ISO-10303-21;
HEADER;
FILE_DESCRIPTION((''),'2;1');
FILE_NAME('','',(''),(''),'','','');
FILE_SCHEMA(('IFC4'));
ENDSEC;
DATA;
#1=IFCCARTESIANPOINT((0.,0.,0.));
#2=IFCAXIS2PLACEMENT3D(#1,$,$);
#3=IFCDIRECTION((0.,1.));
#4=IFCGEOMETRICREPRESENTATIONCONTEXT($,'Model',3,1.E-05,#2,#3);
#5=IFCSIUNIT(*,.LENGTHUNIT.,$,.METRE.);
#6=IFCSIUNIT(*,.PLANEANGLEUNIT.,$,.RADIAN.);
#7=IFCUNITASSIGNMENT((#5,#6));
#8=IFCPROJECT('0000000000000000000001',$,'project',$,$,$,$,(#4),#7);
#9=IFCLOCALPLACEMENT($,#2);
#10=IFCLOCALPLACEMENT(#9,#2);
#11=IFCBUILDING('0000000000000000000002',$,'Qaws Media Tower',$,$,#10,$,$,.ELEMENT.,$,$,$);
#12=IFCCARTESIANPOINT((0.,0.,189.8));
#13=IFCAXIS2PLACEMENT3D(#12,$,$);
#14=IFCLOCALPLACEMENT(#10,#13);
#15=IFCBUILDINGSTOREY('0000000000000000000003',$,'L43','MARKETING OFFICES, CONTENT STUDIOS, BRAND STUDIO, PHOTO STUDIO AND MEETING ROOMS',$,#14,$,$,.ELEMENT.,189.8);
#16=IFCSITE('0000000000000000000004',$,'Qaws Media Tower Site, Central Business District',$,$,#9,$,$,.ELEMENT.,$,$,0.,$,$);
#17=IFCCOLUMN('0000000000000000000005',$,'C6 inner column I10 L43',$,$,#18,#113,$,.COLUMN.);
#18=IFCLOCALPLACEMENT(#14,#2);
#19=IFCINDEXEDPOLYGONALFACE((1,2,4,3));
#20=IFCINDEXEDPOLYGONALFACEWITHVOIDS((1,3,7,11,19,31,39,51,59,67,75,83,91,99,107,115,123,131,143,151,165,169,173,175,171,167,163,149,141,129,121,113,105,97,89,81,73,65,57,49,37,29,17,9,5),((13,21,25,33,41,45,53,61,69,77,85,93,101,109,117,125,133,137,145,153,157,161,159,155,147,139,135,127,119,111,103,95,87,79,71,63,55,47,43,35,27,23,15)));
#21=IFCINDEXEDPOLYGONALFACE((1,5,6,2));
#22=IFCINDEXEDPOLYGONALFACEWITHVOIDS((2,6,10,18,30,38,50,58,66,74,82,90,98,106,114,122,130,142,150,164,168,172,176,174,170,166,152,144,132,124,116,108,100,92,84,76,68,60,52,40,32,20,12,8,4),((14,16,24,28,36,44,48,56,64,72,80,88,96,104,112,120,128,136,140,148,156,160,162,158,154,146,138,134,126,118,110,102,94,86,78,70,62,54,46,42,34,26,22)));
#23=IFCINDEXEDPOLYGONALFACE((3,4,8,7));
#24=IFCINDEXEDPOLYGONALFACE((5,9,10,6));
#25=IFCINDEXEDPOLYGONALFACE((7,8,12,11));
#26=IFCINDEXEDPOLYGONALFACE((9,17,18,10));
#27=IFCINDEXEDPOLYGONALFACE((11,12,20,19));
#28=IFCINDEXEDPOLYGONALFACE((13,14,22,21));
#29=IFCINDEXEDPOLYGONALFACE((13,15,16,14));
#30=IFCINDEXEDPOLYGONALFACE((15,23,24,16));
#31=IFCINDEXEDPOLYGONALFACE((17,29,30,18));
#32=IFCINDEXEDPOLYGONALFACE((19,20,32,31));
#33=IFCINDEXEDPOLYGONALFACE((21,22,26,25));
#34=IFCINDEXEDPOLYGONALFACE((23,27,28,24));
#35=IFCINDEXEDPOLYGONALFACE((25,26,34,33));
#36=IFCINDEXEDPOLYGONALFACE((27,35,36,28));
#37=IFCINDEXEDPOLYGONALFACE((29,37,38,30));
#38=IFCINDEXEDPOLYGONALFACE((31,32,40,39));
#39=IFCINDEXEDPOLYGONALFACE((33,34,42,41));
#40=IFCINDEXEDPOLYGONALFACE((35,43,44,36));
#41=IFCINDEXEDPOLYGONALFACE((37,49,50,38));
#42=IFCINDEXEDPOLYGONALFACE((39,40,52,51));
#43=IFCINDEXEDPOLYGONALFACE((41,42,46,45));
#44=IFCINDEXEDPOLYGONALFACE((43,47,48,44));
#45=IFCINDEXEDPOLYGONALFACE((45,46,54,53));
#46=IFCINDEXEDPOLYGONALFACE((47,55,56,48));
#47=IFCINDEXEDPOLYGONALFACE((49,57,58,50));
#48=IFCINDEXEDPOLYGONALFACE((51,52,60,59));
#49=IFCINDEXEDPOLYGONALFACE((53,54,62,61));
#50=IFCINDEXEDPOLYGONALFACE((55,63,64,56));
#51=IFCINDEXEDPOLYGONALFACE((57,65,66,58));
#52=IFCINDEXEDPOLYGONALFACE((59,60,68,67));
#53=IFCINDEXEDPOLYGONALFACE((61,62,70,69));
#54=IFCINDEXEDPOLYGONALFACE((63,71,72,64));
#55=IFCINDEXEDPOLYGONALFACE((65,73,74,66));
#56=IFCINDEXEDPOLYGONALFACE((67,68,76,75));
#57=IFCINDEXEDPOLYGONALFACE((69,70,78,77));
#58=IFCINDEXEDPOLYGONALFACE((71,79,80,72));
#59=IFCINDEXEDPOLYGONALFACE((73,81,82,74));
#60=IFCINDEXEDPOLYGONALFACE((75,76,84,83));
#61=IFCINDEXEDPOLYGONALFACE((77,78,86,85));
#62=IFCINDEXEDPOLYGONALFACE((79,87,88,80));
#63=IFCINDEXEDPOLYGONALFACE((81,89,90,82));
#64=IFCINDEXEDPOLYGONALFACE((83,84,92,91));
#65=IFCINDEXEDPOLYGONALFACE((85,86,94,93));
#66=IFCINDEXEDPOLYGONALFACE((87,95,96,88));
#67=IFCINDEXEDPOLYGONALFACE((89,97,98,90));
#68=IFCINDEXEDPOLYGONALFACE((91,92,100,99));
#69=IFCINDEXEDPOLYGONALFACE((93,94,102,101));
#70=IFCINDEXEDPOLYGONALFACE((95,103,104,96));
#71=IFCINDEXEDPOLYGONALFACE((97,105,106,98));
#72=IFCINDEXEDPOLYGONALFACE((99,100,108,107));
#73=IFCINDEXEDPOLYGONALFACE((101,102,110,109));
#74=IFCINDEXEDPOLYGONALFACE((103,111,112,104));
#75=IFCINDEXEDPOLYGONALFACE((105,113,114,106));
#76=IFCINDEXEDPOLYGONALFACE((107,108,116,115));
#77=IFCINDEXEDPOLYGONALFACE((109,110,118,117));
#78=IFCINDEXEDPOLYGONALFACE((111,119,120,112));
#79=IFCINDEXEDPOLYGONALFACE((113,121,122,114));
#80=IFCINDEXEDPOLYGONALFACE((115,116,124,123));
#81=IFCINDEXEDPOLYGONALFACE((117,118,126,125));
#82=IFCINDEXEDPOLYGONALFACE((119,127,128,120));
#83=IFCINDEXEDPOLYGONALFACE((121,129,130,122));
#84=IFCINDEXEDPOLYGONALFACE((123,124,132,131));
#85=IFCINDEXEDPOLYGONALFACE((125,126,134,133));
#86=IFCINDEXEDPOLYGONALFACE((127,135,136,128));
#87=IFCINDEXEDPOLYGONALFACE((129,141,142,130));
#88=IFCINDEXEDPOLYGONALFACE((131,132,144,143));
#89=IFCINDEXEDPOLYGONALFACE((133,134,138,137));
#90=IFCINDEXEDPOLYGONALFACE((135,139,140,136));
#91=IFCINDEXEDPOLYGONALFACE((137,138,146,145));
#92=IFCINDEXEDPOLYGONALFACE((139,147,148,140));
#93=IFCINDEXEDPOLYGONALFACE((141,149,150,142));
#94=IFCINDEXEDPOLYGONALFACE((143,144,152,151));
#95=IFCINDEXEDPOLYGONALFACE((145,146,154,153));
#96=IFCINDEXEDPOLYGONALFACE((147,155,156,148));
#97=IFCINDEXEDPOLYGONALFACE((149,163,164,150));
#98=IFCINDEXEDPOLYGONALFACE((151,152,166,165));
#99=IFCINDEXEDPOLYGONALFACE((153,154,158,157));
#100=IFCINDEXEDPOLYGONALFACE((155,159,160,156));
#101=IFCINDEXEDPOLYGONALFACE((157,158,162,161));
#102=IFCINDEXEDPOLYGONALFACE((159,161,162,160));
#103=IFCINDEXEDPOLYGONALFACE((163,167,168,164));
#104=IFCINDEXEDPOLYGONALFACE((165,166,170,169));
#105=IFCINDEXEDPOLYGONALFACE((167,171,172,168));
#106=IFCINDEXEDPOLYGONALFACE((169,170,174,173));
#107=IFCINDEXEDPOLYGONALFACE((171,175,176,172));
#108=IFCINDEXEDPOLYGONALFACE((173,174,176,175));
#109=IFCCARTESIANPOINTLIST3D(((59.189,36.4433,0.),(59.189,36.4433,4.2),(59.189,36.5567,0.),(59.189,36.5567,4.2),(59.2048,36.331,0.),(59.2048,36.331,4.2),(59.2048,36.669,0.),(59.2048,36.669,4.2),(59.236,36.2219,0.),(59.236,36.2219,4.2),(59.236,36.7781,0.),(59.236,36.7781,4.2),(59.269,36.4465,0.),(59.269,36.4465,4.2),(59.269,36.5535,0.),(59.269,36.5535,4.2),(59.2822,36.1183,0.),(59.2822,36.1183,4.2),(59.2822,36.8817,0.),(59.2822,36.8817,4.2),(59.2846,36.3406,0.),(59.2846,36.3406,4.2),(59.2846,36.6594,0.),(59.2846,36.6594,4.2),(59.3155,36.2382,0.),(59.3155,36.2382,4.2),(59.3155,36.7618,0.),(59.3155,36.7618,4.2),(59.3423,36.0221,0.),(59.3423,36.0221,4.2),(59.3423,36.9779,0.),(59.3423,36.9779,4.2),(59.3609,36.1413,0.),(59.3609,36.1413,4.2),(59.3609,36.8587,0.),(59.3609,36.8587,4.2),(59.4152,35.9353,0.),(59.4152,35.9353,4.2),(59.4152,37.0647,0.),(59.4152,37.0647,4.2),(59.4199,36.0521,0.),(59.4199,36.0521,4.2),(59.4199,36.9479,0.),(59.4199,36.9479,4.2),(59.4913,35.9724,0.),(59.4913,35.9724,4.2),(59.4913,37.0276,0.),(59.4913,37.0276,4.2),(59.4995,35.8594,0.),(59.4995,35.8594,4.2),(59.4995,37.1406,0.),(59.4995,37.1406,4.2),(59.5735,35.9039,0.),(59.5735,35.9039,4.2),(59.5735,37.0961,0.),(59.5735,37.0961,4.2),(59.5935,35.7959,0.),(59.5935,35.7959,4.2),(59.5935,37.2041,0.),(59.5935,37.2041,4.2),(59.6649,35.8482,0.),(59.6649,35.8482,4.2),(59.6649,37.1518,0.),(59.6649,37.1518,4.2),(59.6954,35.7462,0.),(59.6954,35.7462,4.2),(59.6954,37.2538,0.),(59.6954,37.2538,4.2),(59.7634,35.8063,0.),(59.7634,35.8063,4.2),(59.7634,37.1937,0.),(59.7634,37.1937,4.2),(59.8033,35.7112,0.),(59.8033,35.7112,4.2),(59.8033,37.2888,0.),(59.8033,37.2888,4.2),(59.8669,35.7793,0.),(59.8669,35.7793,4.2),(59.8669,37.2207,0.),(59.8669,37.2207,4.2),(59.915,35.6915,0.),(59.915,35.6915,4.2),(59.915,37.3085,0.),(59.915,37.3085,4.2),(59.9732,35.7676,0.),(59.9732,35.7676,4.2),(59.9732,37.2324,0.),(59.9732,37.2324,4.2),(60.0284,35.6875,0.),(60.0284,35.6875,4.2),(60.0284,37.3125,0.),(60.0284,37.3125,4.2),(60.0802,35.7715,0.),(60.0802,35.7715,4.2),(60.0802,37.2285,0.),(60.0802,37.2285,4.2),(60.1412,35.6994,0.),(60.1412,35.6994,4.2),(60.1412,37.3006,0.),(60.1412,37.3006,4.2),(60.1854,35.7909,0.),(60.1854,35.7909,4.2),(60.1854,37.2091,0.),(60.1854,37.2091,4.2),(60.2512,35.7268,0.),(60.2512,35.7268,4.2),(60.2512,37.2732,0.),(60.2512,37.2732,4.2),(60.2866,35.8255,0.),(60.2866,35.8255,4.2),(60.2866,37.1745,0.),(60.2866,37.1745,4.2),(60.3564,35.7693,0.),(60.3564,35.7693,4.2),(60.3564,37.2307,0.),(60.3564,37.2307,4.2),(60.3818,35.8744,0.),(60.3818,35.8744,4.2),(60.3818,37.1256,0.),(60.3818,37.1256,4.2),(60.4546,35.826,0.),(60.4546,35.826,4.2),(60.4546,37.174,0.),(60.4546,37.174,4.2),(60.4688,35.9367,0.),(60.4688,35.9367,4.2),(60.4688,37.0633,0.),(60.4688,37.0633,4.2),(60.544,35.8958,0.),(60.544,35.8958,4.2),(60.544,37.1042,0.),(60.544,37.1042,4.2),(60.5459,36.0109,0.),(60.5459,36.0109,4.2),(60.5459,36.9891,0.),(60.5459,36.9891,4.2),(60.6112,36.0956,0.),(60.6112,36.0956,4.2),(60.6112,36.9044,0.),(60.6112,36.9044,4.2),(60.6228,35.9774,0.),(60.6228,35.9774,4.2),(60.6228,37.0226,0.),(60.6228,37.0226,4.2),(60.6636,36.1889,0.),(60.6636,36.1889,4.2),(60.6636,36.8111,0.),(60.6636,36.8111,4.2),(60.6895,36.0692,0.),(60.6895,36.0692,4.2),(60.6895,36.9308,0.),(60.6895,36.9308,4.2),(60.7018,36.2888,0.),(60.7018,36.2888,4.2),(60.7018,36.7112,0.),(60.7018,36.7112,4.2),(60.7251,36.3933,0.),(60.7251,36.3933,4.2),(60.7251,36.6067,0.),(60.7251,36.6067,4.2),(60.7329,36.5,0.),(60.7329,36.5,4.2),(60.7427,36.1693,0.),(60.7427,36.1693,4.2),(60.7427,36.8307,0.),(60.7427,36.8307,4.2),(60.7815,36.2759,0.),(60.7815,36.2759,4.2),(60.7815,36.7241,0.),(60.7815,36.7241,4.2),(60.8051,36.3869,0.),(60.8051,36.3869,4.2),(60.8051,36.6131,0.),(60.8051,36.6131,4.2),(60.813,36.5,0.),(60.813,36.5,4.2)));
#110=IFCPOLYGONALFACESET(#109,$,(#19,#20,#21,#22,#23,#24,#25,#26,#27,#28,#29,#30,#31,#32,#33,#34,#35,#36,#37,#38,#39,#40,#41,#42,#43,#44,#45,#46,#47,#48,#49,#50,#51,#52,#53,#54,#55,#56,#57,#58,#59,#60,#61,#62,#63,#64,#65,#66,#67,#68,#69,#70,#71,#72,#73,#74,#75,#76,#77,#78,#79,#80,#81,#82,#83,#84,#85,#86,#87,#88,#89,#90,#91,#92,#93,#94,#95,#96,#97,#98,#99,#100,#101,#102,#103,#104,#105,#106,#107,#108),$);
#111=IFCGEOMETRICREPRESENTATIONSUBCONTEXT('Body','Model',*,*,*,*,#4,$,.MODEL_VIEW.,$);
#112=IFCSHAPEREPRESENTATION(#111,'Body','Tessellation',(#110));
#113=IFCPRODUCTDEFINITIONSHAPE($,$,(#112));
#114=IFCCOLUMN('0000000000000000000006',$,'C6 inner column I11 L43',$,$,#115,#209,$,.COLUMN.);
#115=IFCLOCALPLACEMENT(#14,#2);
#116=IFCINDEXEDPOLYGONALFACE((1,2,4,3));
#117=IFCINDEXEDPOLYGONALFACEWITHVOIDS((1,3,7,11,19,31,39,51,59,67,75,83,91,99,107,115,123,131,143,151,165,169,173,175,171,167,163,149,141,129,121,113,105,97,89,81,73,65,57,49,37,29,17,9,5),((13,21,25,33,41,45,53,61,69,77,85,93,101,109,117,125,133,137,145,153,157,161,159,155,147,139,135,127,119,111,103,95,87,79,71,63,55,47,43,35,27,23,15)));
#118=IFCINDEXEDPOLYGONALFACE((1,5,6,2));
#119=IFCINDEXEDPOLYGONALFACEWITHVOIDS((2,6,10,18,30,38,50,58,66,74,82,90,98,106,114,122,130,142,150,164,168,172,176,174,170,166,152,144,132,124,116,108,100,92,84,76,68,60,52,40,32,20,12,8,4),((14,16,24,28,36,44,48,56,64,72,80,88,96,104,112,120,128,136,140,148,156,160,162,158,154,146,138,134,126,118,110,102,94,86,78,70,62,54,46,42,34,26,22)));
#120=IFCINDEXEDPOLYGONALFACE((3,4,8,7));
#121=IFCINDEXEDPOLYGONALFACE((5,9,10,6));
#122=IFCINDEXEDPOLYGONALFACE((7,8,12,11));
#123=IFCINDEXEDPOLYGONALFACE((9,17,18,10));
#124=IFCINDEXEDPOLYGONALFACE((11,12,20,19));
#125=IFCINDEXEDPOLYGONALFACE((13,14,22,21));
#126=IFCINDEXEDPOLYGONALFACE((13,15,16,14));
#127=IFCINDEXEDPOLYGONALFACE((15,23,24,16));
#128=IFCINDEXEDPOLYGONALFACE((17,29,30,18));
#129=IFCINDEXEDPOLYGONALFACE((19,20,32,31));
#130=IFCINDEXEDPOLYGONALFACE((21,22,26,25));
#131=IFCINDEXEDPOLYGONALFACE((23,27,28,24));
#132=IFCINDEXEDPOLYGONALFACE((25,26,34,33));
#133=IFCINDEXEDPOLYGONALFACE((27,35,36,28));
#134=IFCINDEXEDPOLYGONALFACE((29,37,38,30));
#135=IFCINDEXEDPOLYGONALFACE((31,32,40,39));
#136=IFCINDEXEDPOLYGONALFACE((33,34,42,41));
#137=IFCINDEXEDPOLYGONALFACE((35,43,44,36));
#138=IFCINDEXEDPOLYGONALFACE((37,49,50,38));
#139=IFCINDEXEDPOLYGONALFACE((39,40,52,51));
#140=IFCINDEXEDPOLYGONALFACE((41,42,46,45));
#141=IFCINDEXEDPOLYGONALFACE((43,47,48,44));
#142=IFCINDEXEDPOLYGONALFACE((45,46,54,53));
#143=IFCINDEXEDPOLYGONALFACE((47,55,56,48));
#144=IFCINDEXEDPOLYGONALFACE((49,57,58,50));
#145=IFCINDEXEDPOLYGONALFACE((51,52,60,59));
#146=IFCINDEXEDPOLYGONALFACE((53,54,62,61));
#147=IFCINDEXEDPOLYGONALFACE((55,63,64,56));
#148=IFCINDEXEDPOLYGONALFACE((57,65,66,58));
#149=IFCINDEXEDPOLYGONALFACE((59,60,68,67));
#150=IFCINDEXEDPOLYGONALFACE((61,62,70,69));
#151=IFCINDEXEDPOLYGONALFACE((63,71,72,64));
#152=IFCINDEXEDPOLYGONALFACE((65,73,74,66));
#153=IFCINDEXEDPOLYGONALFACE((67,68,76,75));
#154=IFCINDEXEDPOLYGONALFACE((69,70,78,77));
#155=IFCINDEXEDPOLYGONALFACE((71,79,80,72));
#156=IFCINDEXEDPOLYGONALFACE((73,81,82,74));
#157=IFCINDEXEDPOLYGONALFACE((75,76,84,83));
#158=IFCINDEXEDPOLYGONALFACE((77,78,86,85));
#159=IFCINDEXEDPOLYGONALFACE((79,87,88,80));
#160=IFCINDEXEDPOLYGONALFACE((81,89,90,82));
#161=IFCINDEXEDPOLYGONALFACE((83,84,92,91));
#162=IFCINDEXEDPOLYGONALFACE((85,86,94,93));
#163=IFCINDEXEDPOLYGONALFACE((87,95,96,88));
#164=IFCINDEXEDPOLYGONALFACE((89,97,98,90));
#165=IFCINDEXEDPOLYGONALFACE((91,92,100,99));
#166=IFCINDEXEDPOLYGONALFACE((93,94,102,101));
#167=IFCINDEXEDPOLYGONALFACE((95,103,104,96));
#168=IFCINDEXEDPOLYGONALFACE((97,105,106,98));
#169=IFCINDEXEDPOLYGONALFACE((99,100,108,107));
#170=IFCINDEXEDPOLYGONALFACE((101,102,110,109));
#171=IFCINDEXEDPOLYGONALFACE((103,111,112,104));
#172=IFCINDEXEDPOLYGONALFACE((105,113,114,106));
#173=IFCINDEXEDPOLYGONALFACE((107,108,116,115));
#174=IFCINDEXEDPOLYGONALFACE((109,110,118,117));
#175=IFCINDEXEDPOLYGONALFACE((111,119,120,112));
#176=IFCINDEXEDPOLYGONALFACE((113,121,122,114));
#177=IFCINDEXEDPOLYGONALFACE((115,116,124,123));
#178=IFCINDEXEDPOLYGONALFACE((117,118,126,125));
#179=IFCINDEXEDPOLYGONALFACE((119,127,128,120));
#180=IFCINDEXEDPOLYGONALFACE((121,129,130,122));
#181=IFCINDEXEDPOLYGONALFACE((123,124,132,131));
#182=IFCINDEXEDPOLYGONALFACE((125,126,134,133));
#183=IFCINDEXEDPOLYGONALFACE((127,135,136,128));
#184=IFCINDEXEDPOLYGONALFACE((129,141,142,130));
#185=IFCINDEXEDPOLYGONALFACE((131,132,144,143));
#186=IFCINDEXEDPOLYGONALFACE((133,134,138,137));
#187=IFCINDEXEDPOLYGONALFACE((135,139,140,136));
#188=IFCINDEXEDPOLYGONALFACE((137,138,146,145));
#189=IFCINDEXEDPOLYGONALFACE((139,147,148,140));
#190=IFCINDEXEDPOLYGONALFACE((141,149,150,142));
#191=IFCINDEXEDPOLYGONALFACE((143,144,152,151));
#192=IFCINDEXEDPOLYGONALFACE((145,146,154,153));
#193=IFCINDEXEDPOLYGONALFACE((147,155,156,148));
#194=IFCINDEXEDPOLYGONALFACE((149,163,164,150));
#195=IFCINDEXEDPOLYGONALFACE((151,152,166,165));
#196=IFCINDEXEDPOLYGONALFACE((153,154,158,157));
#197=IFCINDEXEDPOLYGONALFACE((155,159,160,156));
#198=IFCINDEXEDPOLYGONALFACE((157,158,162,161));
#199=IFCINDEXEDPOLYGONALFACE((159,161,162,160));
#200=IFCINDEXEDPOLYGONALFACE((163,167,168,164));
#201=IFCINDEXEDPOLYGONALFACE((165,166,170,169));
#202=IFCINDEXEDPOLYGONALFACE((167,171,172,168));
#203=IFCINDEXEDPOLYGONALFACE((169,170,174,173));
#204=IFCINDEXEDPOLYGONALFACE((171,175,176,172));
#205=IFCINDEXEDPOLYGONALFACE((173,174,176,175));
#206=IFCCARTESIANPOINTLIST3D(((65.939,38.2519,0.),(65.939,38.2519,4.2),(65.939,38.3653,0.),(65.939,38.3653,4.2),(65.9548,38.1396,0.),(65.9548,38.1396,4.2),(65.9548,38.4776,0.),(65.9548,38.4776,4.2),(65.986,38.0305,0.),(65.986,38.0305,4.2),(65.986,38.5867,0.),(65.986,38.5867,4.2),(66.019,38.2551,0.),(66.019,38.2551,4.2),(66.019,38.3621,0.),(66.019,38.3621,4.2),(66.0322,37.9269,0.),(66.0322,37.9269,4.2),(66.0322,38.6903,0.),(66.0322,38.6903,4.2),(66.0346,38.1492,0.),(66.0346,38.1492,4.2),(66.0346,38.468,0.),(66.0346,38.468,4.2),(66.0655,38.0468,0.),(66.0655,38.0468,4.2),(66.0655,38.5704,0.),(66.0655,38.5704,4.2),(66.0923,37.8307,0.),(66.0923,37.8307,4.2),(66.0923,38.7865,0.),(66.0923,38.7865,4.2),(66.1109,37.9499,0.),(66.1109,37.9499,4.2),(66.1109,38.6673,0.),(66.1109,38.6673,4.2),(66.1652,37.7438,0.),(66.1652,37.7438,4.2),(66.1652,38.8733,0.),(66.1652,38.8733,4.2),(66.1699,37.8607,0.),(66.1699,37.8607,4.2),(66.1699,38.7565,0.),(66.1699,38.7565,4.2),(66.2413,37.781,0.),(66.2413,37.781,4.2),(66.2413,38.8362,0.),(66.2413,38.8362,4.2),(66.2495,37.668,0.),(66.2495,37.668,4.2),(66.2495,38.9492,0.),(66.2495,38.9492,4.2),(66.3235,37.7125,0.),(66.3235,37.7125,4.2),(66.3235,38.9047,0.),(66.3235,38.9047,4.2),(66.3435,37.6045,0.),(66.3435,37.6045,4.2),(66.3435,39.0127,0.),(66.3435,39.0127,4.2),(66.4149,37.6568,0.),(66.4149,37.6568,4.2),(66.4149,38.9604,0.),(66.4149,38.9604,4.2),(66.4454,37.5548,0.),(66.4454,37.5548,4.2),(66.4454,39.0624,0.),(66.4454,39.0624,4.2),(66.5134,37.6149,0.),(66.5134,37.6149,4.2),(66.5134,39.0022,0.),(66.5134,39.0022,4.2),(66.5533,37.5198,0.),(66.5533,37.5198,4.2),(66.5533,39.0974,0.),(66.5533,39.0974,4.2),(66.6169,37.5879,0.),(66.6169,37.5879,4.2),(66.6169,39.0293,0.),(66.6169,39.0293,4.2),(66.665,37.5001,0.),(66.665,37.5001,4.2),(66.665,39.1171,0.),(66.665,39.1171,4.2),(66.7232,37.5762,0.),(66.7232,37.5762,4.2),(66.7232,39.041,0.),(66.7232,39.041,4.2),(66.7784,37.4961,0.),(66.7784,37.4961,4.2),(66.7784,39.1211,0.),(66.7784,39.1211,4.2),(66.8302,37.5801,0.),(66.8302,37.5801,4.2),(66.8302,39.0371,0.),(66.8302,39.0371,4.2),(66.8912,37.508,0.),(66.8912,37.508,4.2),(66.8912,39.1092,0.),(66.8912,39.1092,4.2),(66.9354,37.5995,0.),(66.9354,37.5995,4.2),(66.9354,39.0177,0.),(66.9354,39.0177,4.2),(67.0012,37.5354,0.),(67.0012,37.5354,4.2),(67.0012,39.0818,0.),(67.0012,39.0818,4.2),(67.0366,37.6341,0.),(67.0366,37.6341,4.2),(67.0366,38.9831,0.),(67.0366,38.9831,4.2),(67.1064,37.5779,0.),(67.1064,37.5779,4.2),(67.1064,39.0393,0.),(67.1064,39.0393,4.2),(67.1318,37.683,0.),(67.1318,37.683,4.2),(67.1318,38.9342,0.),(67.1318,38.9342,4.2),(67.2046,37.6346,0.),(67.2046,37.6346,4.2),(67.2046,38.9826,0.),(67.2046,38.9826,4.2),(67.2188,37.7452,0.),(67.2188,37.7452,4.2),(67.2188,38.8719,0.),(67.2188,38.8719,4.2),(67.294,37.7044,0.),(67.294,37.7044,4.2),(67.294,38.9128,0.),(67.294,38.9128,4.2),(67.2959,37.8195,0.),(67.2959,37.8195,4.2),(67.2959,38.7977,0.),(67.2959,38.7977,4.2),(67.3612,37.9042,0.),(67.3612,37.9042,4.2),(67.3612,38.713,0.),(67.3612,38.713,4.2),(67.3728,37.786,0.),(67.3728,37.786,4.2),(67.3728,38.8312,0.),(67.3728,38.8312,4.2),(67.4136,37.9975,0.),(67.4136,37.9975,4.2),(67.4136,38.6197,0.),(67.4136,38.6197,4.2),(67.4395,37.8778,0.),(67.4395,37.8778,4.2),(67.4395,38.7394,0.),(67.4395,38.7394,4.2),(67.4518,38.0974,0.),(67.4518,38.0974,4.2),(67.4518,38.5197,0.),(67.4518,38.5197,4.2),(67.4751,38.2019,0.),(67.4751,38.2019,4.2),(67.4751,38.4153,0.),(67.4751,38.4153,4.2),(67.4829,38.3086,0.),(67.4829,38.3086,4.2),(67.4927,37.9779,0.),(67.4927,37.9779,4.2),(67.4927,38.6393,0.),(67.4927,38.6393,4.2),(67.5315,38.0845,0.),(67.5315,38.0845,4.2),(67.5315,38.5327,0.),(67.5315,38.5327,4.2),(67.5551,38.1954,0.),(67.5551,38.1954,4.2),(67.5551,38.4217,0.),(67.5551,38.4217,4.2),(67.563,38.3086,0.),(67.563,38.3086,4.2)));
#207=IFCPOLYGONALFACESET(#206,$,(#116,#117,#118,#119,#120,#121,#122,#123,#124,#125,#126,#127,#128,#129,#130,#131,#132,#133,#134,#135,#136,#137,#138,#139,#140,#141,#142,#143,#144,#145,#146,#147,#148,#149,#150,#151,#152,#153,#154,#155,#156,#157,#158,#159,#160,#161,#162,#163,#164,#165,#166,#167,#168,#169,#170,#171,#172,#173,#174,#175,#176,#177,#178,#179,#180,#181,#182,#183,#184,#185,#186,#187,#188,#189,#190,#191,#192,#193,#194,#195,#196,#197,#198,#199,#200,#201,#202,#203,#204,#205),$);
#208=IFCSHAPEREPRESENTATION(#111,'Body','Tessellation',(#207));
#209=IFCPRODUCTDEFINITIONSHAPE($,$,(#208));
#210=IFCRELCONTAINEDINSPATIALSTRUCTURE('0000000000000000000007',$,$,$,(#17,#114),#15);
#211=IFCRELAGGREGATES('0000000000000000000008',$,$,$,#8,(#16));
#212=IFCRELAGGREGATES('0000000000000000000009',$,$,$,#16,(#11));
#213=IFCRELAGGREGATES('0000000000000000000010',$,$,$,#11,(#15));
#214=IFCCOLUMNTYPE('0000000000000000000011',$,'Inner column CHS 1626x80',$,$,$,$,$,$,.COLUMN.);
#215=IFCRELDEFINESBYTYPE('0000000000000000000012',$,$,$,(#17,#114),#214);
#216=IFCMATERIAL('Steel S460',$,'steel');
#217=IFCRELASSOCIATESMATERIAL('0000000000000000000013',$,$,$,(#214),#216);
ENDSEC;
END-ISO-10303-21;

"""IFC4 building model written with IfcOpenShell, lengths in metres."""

from ifc_helpers import new_model, si_unit, direction, frame, origin, origin_2d, place, context, subcontext, project, spatial, hollow_circle, extrude, material, material_profile, profile_set, type_object, element, save


model = new_model("IFC4")

# Units and contexts
model_context = context("Model", 3, precision=1e-05, world=origin(), true_north=direction((0.0, 1.0)))
body_context = subcontext(model_context, "Body", "Model", "MODEL_VIEW")
ifc_project = project(units=[si_unit("LENGTHUNIT", "METRE"), si_unit("PLANEANGLEUNIT", "RADIAN")], contexts=[model_context])

# Site, building, storey
site_placement = place(None, origin())
site = spatial("IfcSite", under=ifc_project, at=site_placement, Name="Qaws Media Tower Site, Central Business District", CompositionType="ELEMENT", RefElevation=0.0)
building_placement = place(site_placement, origin())
building = spatial("IfcBuilding", under=site, at=building_placement, Name="Qaws Media Tower", CompositionType="ELEMENT")
storey_placement = place(building_placement, frame((0.0, 0.0, 189.8)))
storey = spatial("IfcBuildingStorey", under=building, at=storey_placement, Name="L43", Description="MARKETING OFFICES, CONTENT STUDIOS, BRAND STUDIO, PHOTO STUDIO AND MEETING ROOMS", CompositionType="ELEMENT", Elevation=189.8)

# Columns
ifc_material_1 = material(Name="Steel S460", Category="steel")
ifc_material_profile_1 = material_profile(ifc_material_1, hollow_circle(Radius=0.813, WallThickness=0.0801, at=origin_2d()), Name="CHS 1626x80")
ifc_profile_set_1 = profile_set([ifc_material_profile_1], Name="Steel S460")
column_type = type_object("IfcColumnType", Name="Inner column CHS 1626x80", PredefinedType="COLUMN", material=ifc_profile_set_1)
for number, where, z_axis, x_axis, name in (
    (1, (60.0, 36.5, 0.0), (0.0, 0.0, 1.0), (1.0, 0.0, 0.0), "C6 inner column I10 L43"),
    (2, (66.75, 38.3086, 0.0), (0.0, 0.0, 1.0), (1.0, 0.0, 0.0), "C6 inner column I11 L43"),
):
    element("IfcColumn", number, at=place(storey_placement, frame(where, z_axis=z_axis, x_axis=x_axis)), inside=storey, type_object=column_type, Name=name, PredefinedType="COLUMN", context=body_context, shape_type="SweptSolid", body=[
        extrude(hollow_circle(Radius=0.813, WallThickness=0.0801, at=origin_2d()), origin(), (0.0, 0.0, 1.0), 4.2),
    ])

save(model, "model.ifc")
